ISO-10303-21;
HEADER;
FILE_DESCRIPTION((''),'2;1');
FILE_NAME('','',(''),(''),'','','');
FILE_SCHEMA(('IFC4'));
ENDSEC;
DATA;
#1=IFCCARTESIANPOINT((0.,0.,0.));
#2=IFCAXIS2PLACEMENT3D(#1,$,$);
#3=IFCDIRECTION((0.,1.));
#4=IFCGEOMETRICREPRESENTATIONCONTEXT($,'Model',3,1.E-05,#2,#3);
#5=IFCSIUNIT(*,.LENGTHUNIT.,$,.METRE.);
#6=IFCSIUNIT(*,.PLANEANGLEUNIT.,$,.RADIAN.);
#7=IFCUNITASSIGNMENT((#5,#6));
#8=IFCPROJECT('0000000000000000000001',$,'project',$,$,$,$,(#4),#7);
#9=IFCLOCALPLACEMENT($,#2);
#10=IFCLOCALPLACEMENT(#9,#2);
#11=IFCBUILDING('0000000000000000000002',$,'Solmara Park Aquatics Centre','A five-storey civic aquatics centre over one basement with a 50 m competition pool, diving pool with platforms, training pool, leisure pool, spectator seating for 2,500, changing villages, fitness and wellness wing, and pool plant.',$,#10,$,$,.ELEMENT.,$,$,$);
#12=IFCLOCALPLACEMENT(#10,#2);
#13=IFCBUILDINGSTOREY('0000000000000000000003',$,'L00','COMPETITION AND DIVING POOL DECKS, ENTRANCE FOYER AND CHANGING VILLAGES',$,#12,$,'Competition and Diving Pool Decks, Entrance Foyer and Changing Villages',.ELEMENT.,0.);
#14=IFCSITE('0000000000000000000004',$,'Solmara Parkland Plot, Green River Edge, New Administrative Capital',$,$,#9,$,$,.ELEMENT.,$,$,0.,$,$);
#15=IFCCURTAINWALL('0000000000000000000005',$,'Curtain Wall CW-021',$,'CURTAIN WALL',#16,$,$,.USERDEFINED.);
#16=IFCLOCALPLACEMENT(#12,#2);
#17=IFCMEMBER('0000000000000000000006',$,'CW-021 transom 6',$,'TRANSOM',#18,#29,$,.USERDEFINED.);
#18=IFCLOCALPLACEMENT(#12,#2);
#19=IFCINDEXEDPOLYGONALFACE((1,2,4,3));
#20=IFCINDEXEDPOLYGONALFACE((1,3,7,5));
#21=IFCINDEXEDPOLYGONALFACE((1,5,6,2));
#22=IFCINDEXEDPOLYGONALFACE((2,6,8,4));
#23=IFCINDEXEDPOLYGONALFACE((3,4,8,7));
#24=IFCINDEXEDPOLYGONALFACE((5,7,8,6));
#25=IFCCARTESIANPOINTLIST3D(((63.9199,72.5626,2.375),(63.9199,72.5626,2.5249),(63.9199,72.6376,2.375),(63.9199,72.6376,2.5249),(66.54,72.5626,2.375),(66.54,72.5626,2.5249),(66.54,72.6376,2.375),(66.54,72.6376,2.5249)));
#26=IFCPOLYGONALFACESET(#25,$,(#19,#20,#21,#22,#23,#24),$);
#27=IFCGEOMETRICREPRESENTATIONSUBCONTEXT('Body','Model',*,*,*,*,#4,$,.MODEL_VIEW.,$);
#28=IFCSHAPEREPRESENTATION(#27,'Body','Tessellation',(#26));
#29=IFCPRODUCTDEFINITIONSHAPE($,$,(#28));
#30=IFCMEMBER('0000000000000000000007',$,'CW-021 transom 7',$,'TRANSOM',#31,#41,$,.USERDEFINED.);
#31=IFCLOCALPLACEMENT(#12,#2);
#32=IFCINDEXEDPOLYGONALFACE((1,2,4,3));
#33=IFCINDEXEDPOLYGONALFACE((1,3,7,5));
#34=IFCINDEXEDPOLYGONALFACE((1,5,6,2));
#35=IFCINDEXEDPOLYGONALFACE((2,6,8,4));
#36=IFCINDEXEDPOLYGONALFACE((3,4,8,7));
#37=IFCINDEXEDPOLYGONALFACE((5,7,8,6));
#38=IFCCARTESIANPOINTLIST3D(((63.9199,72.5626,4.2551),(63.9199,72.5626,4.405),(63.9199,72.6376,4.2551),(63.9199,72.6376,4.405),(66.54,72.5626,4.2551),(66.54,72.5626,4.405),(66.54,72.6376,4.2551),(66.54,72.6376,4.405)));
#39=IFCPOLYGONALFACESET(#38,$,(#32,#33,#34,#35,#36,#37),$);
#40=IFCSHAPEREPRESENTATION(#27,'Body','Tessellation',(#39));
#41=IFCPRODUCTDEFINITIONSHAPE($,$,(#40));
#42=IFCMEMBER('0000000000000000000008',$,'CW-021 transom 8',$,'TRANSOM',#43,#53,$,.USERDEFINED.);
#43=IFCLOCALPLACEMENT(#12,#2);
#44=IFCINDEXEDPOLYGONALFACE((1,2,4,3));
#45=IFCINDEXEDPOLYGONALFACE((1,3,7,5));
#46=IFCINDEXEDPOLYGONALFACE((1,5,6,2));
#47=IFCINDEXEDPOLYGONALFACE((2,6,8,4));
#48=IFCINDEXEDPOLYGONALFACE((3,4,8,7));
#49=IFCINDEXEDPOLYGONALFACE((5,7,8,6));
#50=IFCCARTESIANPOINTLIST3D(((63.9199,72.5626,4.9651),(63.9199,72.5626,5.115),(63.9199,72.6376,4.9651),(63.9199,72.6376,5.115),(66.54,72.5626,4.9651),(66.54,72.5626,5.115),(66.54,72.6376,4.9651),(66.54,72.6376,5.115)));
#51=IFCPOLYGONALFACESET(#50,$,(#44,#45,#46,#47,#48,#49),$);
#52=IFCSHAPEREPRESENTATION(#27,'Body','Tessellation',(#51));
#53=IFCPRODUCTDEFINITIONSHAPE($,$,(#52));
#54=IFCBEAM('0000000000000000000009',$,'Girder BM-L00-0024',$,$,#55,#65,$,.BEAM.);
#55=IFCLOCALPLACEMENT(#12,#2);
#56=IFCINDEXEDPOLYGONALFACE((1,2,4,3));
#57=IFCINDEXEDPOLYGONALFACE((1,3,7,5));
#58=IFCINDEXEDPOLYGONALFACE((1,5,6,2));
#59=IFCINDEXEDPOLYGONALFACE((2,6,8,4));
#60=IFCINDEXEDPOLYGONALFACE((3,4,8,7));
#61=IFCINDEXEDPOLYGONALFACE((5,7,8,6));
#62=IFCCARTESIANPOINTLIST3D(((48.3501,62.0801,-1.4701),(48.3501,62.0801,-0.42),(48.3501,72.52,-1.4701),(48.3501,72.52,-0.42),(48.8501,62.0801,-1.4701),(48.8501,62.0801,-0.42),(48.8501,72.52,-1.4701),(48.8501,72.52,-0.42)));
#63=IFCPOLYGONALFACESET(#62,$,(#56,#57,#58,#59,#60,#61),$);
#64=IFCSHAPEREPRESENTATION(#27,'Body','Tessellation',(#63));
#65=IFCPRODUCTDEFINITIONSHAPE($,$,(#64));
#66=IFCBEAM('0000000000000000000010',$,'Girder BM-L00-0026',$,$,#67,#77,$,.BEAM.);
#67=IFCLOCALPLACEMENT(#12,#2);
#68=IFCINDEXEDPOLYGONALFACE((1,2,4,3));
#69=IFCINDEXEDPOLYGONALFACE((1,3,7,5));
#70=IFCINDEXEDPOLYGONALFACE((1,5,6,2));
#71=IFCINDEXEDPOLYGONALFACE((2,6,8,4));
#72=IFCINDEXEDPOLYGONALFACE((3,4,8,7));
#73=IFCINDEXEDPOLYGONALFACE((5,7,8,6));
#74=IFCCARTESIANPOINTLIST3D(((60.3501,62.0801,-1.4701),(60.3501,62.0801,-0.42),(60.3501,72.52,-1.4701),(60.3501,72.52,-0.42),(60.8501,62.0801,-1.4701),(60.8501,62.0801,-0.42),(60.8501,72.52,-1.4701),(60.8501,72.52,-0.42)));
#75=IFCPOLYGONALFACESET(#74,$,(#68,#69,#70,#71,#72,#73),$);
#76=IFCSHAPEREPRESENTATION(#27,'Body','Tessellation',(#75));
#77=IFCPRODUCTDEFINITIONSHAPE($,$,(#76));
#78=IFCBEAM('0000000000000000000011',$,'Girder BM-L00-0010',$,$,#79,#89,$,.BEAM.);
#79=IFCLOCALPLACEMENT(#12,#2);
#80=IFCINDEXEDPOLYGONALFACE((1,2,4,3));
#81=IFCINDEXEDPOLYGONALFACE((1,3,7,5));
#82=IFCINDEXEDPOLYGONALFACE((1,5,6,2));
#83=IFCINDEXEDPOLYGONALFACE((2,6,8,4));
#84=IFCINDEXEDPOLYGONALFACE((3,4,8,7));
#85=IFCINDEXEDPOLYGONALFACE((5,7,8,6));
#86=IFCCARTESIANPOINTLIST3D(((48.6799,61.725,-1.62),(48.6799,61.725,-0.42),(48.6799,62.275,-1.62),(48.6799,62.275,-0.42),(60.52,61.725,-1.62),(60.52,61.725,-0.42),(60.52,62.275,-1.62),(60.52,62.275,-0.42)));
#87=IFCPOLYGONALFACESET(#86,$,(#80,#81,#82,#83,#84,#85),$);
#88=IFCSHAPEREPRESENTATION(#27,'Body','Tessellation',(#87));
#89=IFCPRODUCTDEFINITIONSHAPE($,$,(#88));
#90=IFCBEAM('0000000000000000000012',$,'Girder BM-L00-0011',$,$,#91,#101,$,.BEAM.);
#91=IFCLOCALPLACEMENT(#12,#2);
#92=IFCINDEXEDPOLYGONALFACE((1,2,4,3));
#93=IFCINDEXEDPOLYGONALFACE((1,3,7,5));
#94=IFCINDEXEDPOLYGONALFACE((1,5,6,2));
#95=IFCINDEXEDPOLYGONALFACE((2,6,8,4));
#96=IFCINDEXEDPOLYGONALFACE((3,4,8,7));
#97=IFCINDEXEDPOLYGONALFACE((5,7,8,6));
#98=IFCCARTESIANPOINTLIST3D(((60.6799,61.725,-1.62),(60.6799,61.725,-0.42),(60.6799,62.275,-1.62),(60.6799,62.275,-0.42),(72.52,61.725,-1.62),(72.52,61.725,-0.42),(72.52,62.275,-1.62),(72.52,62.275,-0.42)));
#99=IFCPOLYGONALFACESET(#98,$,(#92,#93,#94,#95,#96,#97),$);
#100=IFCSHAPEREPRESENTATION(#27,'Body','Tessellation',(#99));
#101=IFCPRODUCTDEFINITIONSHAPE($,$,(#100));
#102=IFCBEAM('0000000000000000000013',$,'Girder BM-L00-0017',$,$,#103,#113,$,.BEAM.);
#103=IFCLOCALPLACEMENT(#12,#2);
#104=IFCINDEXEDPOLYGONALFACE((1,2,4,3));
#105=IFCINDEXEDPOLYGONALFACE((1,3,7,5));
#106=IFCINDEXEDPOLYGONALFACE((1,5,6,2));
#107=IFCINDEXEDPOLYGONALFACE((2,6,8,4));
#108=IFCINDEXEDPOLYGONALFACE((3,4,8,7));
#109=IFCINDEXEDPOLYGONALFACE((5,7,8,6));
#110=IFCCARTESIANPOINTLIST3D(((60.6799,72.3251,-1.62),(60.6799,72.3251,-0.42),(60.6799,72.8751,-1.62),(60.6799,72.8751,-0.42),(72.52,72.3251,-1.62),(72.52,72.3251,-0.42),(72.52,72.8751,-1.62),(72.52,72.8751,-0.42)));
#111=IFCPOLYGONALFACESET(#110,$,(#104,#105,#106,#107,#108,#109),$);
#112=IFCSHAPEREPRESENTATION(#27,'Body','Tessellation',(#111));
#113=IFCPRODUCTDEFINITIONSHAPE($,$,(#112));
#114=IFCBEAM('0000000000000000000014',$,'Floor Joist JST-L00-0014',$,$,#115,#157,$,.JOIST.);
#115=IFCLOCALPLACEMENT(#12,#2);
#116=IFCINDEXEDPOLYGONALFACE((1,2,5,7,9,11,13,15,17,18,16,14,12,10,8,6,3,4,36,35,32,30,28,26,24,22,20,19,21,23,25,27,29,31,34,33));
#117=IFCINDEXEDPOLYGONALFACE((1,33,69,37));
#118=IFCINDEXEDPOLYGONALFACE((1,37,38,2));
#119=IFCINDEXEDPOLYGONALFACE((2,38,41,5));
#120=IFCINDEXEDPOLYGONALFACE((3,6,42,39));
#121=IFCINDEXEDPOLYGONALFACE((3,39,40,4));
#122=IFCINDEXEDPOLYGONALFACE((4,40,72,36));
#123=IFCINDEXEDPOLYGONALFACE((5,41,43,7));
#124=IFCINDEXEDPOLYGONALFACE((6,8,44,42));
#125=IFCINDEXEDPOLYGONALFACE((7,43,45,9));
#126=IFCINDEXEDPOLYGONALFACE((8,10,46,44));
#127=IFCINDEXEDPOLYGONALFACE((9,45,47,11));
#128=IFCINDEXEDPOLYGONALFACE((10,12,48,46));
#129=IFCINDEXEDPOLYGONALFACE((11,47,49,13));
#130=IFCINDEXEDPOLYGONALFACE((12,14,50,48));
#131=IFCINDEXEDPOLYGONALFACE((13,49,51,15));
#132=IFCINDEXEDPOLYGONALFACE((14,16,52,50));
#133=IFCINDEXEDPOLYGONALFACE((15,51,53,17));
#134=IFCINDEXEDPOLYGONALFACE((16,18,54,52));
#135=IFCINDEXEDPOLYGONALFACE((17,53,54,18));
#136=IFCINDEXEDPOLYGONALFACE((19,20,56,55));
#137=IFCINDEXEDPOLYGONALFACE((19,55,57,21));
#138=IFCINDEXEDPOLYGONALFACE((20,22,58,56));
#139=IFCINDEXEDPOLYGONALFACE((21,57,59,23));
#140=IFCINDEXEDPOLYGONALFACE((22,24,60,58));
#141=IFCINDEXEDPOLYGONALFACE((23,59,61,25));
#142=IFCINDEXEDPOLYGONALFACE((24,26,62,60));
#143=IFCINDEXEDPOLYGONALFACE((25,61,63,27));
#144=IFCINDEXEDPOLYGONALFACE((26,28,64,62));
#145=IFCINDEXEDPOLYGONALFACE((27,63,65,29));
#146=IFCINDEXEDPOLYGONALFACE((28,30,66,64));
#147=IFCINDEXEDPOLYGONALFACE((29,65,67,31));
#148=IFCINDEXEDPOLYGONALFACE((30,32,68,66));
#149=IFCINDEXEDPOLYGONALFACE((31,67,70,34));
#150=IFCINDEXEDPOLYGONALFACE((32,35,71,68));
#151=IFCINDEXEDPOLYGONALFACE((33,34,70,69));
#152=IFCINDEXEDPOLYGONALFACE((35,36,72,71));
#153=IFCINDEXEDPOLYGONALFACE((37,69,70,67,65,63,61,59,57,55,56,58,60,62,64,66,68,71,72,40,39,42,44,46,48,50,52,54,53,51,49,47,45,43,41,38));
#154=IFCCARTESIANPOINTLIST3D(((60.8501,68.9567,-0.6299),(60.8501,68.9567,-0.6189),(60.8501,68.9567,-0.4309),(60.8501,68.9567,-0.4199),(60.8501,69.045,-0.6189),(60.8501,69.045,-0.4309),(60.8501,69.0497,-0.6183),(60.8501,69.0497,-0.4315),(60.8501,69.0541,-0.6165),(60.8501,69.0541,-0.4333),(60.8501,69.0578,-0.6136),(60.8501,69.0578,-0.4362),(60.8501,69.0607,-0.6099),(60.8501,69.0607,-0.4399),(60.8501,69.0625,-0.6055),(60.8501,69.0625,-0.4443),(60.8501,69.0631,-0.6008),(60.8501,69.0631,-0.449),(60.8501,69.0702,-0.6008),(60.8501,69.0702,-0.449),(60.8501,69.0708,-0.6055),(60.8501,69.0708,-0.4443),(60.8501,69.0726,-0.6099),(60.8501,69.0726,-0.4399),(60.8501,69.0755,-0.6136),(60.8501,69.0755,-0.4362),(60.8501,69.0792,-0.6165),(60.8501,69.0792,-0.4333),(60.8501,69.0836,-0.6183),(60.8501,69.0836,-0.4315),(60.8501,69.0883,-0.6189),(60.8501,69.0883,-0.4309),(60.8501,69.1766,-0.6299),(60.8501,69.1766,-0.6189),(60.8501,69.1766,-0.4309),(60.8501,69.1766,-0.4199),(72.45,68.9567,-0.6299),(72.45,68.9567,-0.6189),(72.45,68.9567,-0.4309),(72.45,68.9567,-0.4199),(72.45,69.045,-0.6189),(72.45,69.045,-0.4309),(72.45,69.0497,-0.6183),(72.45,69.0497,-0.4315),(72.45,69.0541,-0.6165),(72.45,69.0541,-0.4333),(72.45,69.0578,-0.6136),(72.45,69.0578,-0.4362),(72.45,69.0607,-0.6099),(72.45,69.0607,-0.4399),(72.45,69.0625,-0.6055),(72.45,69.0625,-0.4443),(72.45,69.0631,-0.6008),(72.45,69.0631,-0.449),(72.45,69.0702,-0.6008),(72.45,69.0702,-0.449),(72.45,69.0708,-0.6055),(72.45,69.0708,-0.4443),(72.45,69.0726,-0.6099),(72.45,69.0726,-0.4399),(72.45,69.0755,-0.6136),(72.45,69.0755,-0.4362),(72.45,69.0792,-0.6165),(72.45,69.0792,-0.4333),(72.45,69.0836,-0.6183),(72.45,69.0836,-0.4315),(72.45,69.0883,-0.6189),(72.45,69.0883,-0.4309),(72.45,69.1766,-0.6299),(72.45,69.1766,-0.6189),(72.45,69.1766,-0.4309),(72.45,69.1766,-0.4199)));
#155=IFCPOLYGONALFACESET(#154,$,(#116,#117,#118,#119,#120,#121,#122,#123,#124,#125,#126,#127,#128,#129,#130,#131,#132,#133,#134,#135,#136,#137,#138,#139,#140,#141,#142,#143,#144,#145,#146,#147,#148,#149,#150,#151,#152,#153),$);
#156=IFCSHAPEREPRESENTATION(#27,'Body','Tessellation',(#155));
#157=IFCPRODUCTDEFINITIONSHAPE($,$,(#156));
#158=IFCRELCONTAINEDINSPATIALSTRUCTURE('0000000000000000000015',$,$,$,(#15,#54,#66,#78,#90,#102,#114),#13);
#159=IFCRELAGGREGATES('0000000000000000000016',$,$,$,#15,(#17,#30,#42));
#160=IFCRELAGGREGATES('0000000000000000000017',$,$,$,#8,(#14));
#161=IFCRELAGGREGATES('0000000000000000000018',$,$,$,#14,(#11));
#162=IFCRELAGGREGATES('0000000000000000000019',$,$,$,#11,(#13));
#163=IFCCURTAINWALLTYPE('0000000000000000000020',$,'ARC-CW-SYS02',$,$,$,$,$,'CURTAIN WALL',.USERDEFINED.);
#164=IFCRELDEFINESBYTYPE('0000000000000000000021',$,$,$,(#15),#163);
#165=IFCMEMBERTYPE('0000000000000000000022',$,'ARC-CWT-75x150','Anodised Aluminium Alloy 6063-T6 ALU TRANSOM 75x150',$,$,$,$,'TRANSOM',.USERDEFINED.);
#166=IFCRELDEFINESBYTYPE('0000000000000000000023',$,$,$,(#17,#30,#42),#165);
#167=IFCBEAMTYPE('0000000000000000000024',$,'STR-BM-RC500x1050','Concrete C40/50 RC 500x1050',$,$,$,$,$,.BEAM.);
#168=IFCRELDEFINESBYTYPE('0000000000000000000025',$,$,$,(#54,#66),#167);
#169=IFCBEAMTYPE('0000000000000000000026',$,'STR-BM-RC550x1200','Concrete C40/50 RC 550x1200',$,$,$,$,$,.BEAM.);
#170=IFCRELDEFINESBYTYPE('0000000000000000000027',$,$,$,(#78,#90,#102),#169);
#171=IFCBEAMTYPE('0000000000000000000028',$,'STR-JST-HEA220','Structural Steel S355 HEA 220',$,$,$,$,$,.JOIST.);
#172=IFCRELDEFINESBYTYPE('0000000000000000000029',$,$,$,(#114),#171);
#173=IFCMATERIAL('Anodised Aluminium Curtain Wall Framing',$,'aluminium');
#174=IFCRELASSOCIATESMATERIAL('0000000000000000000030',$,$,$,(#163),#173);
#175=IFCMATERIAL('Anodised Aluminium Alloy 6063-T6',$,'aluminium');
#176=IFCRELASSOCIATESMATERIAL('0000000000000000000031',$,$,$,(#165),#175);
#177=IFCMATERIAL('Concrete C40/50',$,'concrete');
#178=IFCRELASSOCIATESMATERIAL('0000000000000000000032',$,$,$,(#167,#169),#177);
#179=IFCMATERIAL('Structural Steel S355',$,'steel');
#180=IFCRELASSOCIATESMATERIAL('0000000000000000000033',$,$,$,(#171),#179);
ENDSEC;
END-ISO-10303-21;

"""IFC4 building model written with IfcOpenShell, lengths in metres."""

from ifc_helpers import new_model, si_unit, direction, frame, origin, origin_2d, place, context, subcontext, project, spatial, rectangle, i_section, extrude, material, material_profile, profile_set, type_object, element, aggregate, save


model = new_model("IFC4")

# Units and contexts
model_context = context("Model", 3, precision=1e-05, world=origin(), true_north=direction((0.0, 1.0)))
body_context = subcontext(model_context, "Body", "Model", "MODEL_VIEW")
ifc_project = project(units=[si_unit("LENGTHUNIT", "METRE"), si_unit("PLANEANGLEUNIT", "RADIAN")], contexts=[model_context])

# Site, building, storey
site_placement = place(None, origin())
site = spatial("IfcSite", under=ifc_project, at=site_placement, Name="Solmara Parkland Plot, Green River Edge, New Administrative Capital", CompositionType="ELEMENT", RefElevation=0.0)
building_placement = place(site_placement, origin())
building = spatial("IfcBuilding", under=site, at=building_placement, Name="Solmara Park Aquatics Centre", Description="A five-storey civic aquatics centre over one basement with a 50 m competition pool, diving pool with platforms, training pool, leisure pool, spectator seating for 2,500, changing villages, fitness and wellness wing, and pool plant.", CompositionType="ELEMENT")
storey_placement = place(building_placement, origin())
storey = spatial("IfcBuildingStorey", under=building, at=storey_placement, Name="L00", Description="COMPETITION AND DIVING POOL DECKS, ENTRANCE FOYER AND CHANGING VILLAGES", LongName="Competition and Diving Pool Decks, Entrance Foyer and Changing Villages", CompositionType="ELEMENT", Elevation=0.0)

# Shared definitions
ifc_material_1 = material(Name="Structural Steel S355", Category="steel")

# Curtain wall, members
ifc_material_2 = material(Name="Anodised Aluminium Curtain Wall Framing", Category="aluminium")
curtain_wall_type = type_object("IfcCurtainWallType", Name="ARC-CW-SYS02", ElementType="CURTAIN WALL", PredefinedType="USERDEFINED", material=ifc_material_2)
curtain_wall_placement = place(storey_placement, origin())
curtain_wall = element("IfcCurtainWall", 1, at=curtain_wall_placement, inside=storey, type_object=curtain_wall_type, Name="Curtain Wall CW-021", ObjectType="CURTAIN WALL", PredefinedType="USERDEFINED")
ifc_material_3 = material(Name="Anodised Aluminium Alloy 6063-T6", Category="aluminium")
ifc_material_profile_1 = material_profile(ifc_material_3, rectangle(XDim=0.075, YDim=0.1499, at=origin_2d()), Name="ALU TRANSOM 75x150")
ifc_profile_set_1 = profile_set([ifc_material_profile_1], Name="Anodised Aluminium Alloy 6063-T6")
member_type_1 = type_object("IfcMemberType", Name="ARC-CWT-75x150", Description="Anodised Aluminium Alloy 6063-T6 ALU TRANSOM 75x150", ElementType="TRANSOM", PredefinedType="USERDEFINED", material=ifc_profile_set_1)
member_1_placement = place(storey_placement, frame((63.9199, 72.6001, 2.45), z_axis=(1.0, 0.0, 0.0), x_axis=(0.0, 1.0, 0.0)))
member_1 = element("IfcMember", 2, at=member_1_placement, type_object=member_type_1, Name="CW-021 transom 6", ObjectType="TRANSOM", PredefinedType="USERDEFINED", context=body_context, shape_type="SweptSolid", body=[
    extrude(rectangle(XDim=0.075, YDim=0.1499, at=origin_2d()), origin(), (0.0, 0.0, 1.0), 2.6201),
])
member_2_placement = place(storey_placement, frame((63.9199, 72.6001, 4.3301), z_axis=(1.0, 0.0, 0.0), x_axis=(0.0, 1.0, 0.0)))
member_2 = element("IfcMember", 3, at=member_2_placement, type_object=member_type_1, Name="CW-021 transom 7", ObjectType="TRANSOM", PredefinedType="USERDEFINED", context=body_context, shape_type="SweptSolid", body=[
    extrude(rectangle(XDim=0.075, YDim=0.1499, at=origin_2d()), origin(), (0.0, 0.0, 1.0), 2.6201),
])
member_3_placement = place(storey_placement, frame((63.9199, 72.6001, 5.04), z_axis=(1.0, 0.0, 0.0), x_axis=(0.0, 1.0, 0.0)))
member_3 = element("IfcMember", 4, at=member_3_placement, type_object=member_type_1, Name="CW-021 transom 8", ObjectType="TRANSOM", PredefinedType="USERDEFINED", context=body_context, shape_type="SweptSolid", body=[
    extrude(rectangle(XDim=0.075, YDim=0.1499, at=origin_2d()), origin(), (0.0, 0.0, 1.0), 2.6201),
])

# Beams
ifc_material_4 = material(Name="Concrete C40/50", Category="concrete")
ifc_material_profile_2 = material_profile(ifc_material_4, rectangle(XDim=0.5, YDim=1.05, at=origin_2d()), Name="RC 500x1050")
ifc_profile_set_2 = profile_set([ifc_material_profile_2], Name="Concrete C40/50")
beam_type_1 = type_object("IfcBeamType", Name="STR-BM-RC500x1050", Description="Concrete C40/50 RC 500x1050", PredefinedType="BEAM", material=ifc_profile_set_2)
for number, where, z_axis, x_axis, name in (
    (5, (48.6001, 62.0801, -0.9451), (0.0, 1.0, 0.0), (-1.0, 0.0, 0.0), "Girder BM-L00-0024"),
    (6, (60.6001, 62.0801, -0.9451), (0.0, 1.0, 0.0), (-1.0, 0.0, 0.0), "Girder BM-L00-0026"),
):
    element("IfcBeam", number, at=place(storey_placement, frame(where, z_axis=z_axis, x_axis=x_axis)), inside=storey, type_object=beam_type_1, Name=name, PredefinedType="BEAM", context=body_context, shape_type="SweptSolid", body=[
        extrude(rectangle(XDim=0.5, YDim=1.05, at=origin_2d()), origin(), (0.0, 0.0, 1.0), 10.4399),
    ])
ifc_material_profile_3 = material_profile(ifc_material_4, rectangle(XDim=0.55, YDim=1.2, at=origin_2d()), Name="RC 550x1200")
ifc_profile_set_3 = profile_set([ifc_material_profile_3], Name="Concrete C40/50")
beam_type_2 = type_object("IfcBeamType", Name="STR-BM-RC550x1200", Description="Concrete C40/50 RC 550x1200", PredefinedType="BEAM", material=ifc_profile_set_3)
for number, where, z_axis, x_axis, name in (
    (7, (48.6799, 62.0, -1.02), (1.0, 0.0, 0.0), (0.0, 1.0, 0.0), "Girder BM-L00-0010"),
    (8, (60.6799, 62.0, -1.02), (1.0, 0.0, 0.0), (0.0, 1.0, 0.0), "Girder BM-L00-0011"),
    (9, (60.6799, 72.6001, -1.02), (1.0, 0.0, 0.0), (0.0, 1.0, 0.0), "Girder BM-L00-0017"),
):
    element("IfcBeam", number, at=place(storey_placement, frame(where, z_axis=z_axis, x_axis=x_axis)), inside=storey, type_object=beam_type_2, Name=name, PredefinedType="BEAM", context=body_context, shape_type="SweptSolid", body=[
        extrude(rectangle(XDim=0.55, YDim=1.2, at=origin_2d()), origin(), (0.0, 0.0, 1.0), 11.8401),
    ])
ifc_material_profile_4 = material_profile(ifc_material_1, i_section(OverallWidth=0.22, OverallDepth=0.21, WebThickness=0.0071, FlangeThickness=0.011, FilletRadius=0.0181, at=origin_2d()), Name="HEA 220")
ifc_profile_set_4 = profile_set([ifc_material_profile_4], Name="Structural Steel S355")
beam_type_3 = type_object("IfcBeamType", Name="STR-JST-HEA220", Description="Structural Steel S355 HEA 220", PredefinedType="JOIST", material=ifc_profile_set_4)
beam_1_placement = place(storey_placement, frame((60.8501, 69.0667, -0.5249), z_axis=(1.0, 0.0, 0.0), x_axis=(0.0, 1.0, 0.0)))
element("IfcBeam", 10, at=beam_1_placement, inside=storey, type_object=beam_type_3, Name="Floor Joist JST-L00-0014", PredefinedType="JOIST", context=body_context, shape_type="SweptSolid", body=[
    extrude(i_section(OverallWidth=0.22, OverallDepth=0.21, WebThickness=0.0071, FlangeThickness=0.011, FilletRadius=0.0181, at=origin_2d()), origin(), (0.0, 0.0, 1.0), 11.5999),
])

aggregate(curtain_wall, [member_1, member_2, member_3])

save(model, "model.ifc")
